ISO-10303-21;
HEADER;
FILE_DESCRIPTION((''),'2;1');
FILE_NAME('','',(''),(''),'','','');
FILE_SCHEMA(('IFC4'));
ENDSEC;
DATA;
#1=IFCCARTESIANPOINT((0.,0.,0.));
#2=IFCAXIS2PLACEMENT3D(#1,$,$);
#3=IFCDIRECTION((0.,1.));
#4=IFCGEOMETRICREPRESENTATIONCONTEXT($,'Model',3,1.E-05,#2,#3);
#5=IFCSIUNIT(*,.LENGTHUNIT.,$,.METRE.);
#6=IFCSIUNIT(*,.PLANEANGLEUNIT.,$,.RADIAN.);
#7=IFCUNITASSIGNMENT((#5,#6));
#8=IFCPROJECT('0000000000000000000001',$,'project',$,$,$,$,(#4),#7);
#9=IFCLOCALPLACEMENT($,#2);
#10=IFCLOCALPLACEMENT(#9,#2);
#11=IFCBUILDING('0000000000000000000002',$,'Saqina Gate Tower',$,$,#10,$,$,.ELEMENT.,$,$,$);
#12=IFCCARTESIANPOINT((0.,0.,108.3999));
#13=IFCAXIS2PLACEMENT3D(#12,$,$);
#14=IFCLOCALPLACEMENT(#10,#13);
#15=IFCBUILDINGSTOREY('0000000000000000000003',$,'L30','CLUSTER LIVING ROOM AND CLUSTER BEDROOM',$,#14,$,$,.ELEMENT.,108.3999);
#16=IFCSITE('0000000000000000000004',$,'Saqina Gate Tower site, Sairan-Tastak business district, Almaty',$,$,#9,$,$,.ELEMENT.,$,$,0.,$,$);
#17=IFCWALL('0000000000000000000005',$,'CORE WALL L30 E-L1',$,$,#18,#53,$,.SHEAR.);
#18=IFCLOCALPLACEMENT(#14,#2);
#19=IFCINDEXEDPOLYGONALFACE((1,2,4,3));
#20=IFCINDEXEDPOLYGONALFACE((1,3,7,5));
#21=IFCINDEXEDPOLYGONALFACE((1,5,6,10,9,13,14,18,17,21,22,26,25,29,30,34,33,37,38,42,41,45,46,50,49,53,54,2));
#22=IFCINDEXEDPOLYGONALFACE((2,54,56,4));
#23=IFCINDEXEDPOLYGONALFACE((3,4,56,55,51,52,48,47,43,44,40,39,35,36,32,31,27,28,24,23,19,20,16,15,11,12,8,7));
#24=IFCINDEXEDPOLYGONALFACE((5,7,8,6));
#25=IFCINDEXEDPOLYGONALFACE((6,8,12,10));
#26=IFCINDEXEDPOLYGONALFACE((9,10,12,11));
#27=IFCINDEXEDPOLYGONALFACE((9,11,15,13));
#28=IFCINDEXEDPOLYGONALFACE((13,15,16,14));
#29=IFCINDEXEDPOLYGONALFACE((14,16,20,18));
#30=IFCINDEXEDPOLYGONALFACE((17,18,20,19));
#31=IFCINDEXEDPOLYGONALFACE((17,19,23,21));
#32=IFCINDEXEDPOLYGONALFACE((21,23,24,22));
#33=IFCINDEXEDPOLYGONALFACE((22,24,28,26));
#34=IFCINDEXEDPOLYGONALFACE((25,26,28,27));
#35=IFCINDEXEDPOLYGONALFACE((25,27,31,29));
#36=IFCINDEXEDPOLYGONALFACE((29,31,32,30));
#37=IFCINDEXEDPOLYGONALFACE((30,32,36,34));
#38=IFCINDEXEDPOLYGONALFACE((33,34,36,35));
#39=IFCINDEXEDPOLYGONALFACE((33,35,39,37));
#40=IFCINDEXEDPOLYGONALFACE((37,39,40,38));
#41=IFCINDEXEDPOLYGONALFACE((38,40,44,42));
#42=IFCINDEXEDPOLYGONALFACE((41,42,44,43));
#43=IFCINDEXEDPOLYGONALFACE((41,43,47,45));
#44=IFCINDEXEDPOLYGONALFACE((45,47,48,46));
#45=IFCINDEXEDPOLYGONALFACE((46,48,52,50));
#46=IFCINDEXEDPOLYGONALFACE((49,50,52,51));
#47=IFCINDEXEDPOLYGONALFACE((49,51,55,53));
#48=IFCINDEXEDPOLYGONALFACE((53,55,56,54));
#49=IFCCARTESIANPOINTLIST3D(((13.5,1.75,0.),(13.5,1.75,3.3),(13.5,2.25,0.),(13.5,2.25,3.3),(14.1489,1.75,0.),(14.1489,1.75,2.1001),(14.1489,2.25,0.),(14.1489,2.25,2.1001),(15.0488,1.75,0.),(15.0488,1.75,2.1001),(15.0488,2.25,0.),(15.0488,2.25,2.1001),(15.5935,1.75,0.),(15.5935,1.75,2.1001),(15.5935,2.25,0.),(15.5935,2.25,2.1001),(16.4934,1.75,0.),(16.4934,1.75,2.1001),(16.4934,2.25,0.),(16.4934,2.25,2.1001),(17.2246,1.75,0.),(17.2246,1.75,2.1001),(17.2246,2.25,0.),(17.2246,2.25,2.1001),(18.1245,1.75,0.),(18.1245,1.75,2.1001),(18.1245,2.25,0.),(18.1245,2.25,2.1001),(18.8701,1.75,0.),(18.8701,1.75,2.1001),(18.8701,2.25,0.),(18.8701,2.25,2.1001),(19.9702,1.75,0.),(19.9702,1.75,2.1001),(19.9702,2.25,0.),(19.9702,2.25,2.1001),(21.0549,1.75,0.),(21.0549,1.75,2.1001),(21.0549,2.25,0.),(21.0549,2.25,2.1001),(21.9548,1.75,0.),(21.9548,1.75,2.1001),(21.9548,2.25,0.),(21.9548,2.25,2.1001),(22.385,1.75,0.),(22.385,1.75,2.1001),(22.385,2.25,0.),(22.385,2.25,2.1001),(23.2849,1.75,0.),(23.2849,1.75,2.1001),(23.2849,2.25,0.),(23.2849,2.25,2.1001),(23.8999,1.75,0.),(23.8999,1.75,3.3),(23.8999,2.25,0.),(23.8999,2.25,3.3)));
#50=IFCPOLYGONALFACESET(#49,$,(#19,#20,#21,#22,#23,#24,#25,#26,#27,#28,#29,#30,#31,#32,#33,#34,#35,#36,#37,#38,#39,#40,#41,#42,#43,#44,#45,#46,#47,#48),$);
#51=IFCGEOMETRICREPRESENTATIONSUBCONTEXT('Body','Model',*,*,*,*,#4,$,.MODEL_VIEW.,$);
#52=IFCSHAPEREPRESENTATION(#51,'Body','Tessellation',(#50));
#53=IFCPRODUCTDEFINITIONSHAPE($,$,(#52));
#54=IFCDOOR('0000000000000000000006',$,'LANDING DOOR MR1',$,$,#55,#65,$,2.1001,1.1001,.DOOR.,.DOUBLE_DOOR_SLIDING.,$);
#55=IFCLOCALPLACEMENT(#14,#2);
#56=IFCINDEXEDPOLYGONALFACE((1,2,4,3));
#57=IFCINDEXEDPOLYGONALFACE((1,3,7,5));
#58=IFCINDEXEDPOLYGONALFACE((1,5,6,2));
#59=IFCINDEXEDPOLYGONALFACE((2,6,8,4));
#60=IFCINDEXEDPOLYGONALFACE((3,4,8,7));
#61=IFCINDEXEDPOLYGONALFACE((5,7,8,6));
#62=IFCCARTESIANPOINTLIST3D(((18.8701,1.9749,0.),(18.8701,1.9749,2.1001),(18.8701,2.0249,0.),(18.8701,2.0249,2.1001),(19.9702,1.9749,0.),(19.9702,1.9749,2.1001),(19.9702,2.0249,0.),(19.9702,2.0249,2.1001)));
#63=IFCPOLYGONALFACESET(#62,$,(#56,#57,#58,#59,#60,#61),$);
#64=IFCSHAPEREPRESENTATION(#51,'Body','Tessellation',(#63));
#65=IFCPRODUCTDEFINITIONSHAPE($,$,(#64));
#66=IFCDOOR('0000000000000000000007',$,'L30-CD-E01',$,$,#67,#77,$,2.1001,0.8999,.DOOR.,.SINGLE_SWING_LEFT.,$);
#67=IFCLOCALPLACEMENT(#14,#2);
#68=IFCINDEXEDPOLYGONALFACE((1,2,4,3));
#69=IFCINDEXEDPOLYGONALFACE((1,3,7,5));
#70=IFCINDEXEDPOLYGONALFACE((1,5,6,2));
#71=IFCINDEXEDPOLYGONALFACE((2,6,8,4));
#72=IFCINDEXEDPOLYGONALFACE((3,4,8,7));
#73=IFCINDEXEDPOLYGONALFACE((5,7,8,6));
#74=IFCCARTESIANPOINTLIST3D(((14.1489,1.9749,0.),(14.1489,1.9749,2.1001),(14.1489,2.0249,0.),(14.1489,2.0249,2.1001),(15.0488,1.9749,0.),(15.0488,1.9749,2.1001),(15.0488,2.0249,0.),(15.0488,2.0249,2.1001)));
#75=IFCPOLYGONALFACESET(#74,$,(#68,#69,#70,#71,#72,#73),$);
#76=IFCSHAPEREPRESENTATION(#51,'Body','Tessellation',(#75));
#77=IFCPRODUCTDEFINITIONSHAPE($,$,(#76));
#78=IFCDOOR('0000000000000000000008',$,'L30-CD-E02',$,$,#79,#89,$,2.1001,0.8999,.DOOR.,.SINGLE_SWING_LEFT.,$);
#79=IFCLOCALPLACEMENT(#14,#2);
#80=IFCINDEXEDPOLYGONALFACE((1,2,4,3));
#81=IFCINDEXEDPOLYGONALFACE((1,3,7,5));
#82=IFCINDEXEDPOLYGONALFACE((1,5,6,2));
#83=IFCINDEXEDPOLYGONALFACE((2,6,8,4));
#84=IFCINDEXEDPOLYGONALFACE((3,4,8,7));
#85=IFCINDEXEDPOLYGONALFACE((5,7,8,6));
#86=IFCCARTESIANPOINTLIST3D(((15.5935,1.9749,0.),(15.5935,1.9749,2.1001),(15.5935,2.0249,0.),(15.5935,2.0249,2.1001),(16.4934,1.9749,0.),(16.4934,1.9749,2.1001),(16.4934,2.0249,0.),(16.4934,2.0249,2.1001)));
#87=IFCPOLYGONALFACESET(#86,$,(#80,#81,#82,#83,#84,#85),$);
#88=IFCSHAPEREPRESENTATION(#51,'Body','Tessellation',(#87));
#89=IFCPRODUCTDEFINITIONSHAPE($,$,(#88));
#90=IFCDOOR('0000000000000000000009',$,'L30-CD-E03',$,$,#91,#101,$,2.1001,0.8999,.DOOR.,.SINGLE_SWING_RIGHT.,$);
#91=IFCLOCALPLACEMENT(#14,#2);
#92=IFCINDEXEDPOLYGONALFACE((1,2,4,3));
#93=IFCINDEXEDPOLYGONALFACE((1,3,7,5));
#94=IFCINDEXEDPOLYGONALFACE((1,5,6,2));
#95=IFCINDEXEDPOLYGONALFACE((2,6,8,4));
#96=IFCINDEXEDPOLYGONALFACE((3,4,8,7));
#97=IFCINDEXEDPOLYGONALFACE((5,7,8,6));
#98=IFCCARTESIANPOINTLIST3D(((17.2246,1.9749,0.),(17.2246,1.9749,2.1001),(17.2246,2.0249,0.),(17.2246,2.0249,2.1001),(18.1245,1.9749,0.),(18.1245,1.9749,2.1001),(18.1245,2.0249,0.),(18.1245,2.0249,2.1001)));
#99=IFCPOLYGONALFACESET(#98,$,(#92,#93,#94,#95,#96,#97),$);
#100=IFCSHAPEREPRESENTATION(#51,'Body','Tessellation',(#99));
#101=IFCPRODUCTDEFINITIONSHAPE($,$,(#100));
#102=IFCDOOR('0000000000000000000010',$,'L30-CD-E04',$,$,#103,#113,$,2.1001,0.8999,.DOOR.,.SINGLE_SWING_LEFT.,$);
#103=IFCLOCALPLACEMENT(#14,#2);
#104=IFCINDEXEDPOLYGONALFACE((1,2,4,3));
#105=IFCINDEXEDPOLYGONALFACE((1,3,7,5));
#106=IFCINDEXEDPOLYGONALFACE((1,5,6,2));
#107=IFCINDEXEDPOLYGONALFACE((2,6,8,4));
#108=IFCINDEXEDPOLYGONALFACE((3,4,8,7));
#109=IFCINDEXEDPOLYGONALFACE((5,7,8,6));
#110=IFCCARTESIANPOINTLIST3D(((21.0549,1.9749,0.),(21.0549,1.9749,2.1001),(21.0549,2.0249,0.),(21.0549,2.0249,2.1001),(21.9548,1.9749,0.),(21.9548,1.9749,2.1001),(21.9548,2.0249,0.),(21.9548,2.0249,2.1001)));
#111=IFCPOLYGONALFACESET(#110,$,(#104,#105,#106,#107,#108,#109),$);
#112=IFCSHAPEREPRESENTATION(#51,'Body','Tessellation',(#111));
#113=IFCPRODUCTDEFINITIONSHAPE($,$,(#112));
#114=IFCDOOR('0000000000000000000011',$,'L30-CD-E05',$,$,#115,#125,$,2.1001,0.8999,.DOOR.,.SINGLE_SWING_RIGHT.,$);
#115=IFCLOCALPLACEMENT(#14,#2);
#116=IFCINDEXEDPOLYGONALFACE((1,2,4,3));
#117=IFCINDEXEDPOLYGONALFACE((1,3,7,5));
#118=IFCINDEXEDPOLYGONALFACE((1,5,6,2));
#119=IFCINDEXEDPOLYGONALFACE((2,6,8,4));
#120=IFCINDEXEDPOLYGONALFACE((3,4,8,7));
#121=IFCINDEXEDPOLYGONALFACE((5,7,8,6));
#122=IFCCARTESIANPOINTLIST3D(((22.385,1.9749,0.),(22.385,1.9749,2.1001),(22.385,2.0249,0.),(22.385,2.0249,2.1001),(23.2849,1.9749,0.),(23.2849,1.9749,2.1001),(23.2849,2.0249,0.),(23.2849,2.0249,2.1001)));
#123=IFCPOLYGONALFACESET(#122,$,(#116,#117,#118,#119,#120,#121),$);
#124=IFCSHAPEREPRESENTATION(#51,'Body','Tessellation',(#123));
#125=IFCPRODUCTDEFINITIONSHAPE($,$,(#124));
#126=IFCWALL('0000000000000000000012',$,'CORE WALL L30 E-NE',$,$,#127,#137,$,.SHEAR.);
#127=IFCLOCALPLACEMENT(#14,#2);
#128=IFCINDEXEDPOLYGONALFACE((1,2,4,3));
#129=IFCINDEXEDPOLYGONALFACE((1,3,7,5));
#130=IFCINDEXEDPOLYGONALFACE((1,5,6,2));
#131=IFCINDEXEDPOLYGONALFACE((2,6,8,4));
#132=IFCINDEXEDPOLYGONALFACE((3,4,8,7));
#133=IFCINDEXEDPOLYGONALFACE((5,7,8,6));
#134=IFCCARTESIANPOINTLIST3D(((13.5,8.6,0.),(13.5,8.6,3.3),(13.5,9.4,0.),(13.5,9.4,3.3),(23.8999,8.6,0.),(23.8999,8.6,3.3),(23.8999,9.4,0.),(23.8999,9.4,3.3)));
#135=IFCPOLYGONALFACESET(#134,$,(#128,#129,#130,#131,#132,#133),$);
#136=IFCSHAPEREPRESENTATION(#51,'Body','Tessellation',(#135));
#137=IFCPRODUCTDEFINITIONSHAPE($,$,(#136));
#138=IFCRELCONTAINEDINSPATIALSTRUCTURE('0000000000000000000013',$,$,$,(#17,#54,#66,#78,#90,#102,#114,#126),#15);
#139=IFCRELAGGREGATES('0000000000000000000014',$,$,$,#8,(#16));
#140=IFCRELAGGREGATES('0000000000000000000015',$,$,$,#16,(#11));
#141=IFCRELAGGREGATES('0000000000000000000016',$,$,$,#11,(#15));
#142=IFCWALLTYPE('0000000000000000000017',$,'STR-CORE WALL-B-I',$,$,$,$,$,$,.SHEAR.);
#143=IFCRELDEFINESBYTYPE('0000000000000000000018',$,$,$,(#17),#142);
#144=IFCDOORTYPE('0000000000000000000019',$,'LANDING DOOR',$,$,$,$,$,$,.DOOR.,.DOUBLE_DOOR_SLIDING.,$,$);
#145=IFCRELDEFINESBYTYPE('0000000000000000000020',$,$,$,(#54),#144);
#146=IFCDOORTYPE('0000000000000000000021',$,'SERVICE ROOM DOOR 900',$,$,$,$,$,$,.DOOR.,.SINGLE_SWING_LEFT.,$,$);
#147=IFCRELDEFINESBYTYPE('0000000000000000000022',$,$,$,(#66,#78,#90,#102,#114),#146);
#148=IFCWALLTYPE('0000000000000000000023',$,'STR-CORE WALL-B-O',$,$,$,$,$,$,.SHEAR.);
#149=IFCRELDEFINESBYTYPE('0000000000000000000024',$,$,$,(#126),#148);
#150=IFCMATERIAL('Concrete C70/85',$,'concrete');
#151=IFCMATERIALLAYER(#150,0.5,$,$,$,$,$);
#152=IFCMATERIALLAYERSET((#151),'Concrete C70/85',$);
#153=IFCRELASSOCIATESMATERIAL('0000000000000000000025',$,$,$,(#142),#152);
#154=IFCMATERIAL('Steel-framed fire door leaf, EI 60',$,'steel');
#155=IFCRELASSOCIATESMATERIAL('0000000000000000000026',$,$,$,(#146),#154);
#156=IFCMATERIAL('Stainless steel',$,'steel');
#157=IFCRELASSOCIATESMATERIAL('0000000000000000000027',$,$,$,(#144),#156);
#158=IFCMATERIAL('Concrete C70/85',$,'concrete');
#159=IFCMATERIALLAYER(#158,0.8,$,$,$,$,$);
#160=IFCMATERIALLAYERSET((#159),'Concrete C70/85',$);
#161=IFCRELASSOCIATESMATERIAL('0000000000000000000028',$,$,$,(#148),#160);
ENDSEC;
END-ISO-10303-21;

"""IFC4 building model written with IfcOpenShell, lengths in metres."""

from ifc_helpers import new_model, si_unit, direction, frame, frame_2d, origin, place, context, subcontext, project, spatial, rectangle, extrude, material, layer, layer_set, type_object, element, fill, save


model = new_model("IFC4")

# Units and contexts
model_context = context("Model", 3, precision=1e-05, world=origin(), true_north=direction((0.0, 1.0)))
body_context = subcontext(model_context, "Body", "Model", "MODEL_VIEW")
ifc_project = project(units=[si_unit("LENGTHUNIT", "METRE"), si_unit("PLANEANGLEUNIT", "RADIAN")], contexts=[model_context])

# Site, building, storey
site_placement = place(None, origin())
site = spatial("IfcSite", under=ifc_project, at=site_placement, Name="Saqina Gate Tower site, Sairan-Tastak business district, Almaty", CompositionType="ELEMENT", RefElevation=0.0)
building_placement = place(site_placement, origin())
building = spatial("IfcBuilding", under=site, at=building_placement, Name="Saqina Gate Tower", CompositionType="ELEMENT")
storey_placement = place(building_placement, frame((0.0, 0.0, 108.3999)))
storey = spatial("IfcBuildingStorey", under=building, at=storey_placement, Name="L30", Description="CLUSTER LIVING ROOM AND CLUSTER BEDROOM", CompositionType="ELEMENT", Elevation=108.3999)

# Shared definitions
ifc_material_1 = material(Name="Concrete C70/85", Category="concrete")
ifc_layer_1 = layer(ifc_material_1, 0.5)
ifc_layer_set_1 = layer_set([ifc_layer_1], Name="Concrete C70/85")
wall_type_1 = type_object("IfcWallType", Name="STR-CORE WALL-B-I", PredefinedType="SHEAR", material=ifc_layer_set_1)
ifc_material_2 = material(Name="Steel-framed fire door leaf, EI 60", Category="steel")
door_type_1 = type_object("IfcDoorType", Name="SERVICE ROOM DOOR 900", OperationType="SINGLE_SWING_LEFT", PredefinedType="DOOR", material=ifc_material_2)

# Wall, openings, doors
wall_1_placement = place(storey_placement, frame((13.5, 2.0, 0.0), z_axis=(0.0, 0.0, 1.0), x_axis=(1.0, 0.0, 0.0)))
wall_1 = element("IfcWall", 1, at=wall_1_placement, inside=storey, type_object=wall_type_1, Name="CORE WALL L30 E-L1", PredefinedType="SHEAR", context=body_context, shape_type="SweptSolid", body=[
    extrude(rectangle(XDim=10.3999, YDim=0.5, at=frame_2d((5.2, 0.0))), origin(), (0.0, 0.0, 1.0), 3.3),
])
opening_1_placement = place(wall_1_placement, frame((5.3701, 0.0, 0.0)))
opening_1 = element("IfcOpeningElement", 2, at=opening_1_placement, cuts=wall_1, PredefinedType="OPENING", context=body_context, shape_type="SweptSolid", body=[
    extrude(rectangle(XDim=1.1001, YDim=2.1001, at=frame_2d((0.55, 1.05))), frame((0.0, 0.262, 0.0), z_axis=(0.0, -1.0, 0.0), x_axis=(1.0, 0.0, 0.0)), (0.0, 0.0, 1.0), 0.5239),
])
opening_2_placement = place(wall_1_placement, frame((0.6489, 0.0, 0.0)))
opening_2 = element("IfcOpeningElement", 3, at=opening_2_placement, cuts=wall_1, PredefinedType="OPENING", context=body_context, shape_type="SweptSolid", body=[
    extrude(rectangle(XDim=0.8999, YDim=2.1001, at=frame_2d((0.45, 1.05))), frame((0.0, 0.262, 0.0), z_axis=(0.0, -1.0, 0.0), x_axis=(1.0, 0.0, 0.0)), (0.0, 0.0, 1.0), 0.5239),
])
opening_3_placement = place(wall_1_placement, frame((2.0935, 0.0, 0.0)))
opening_3 = element("IfcOpeningElement", 4, at=opening_3_placement, cuts=wall_1, PredefinedType="OPENING", context=body_context, shape_type="SweptSolid", body=[
    extrude(rectangle(XDim=0.8999, YDim=2.1001, at=frame_2d((0.45, 1.05))), frame((0.0, 0.262, 0.0), z_axis=(0.0, -1.0, 0.0), x_axis=(1.0, 0.0, 0.0)), (0.0, 0.0, 1.0), 0.5239),
])
opening_4_placement = place(wall_1_placement, frame((3.7246, 0.0, 0.0)))
opening_4 = element("IfcOpeningElement", 5, at=opening_4_placement, cuts=wall_1, PredefinedType="OPENING", context=body_context, shape_type="SweptSolid", body=[
    extrude(rectangle(XDim=0.8999, YDim=2.1001, at=frame_2d((0.45, 1.05))), frame((0.0, 0.262, 0.0), z_axis=(0.0, -1.0, 0.0), x_axis=(1.0, 0.0, 0.0)), (0.0, 0.0, 1.0), 0.5239),
])
opening_5_placement = place(wall_1_placement, frame((7.5549, 0.0, 0.0)))
opening_5 = element("IfcOpeningElement", 6, at=opening_5_placement, cuts=wall_1, PredefinedType="OPENING", context=body_context, shape_type="SweptSolid", body=[
    extrude(rectangle(XDim=0.8999, YDim=2.1001, at=frame_2d((0.45, 1.05))), frame((0.0, 0.262, 0.0), z_axis=(0.0, -1.0, 0.0), x_axis=(1.0, 0.0, 0.0)), (0.0, 0.0, 1.0), 0.5239),
])
opening_6_placement = place(wall_1_placement, frame((8.885, 0.0, 0.0)))
opening_6 = element("IfcOpeningElement", 7, at=opening_6_placement, cuts=wall_1, PredefinedType="OPENING", context=body_context, shape_type="SweptSolid", body=[
    extrude(rectangle(XDim=0.8999, YDim=2.1001, at=frame_2d((0.45, 1.05))), frame((0.0, 0.262, 0.0), z_axis=(0.0, -1.0, 0.0), x_axis=(1.0, 0.0, 0.0)), (0.0, 0.0, 1.0), 0.5239),
])
ifc_material_3 = material(Name="Stainless steel", Category="steel")
door_type_2 = type_object("IfcDoorType", Name="LANDING DOOR", OperationType="DOUBLE_DOOR_SLIDING", PredefinedType="DOOR", material=ifc_material_3)
door_1_placement = place(opening_1_placement, origin())
door_1 = element("IfcDoor", 8, at=door_1_placement, inside=storey, type_object=door_type_2, Name="LANDING DOOR MR1", OperationType="DOUBLE_DOOR_SLIDING", OverallHeight=2.1001, OverallWidth=1.1001, PredefinedType="DOOR", context=body_context, shape_type="SweptSolid", body=[
    extrude(rectangle(XDim=1.1001, YDim=2.1001, at=frame_2d((0.55, 1.05))), frame((0.0, 0.0249, 0.0), z_axis=(0.0, -1.0, 0.0), x_axis=(1.0, 0.0, 0.0)), (0.0, 0.0, 1.0), 0.05),
])
fill(opening_1, door_1)
door_2_placement = place(opening_2_placement, origin())
door_2 = element("IfcDoor", 9, at=door_2_placement, inside=storey, type_object=door_type_1, Name="L30-CD-E01", OperationType="SINGLE_SWING_LEFT", OverallHeight=2.1001, OverallWidth=0.8999, PredefinedType="DOOR", context=body_context, shape_type="SweptSolid", body=[
    extrude(rectangle(XDim=0.8999, YDim=2.1001, at=frame_2d((0.45, 1.05))), frame((0.0, 0.0249, 0.0), z_axis=(0.0, -1.0, 0.0), x_axis=(1.0, 0.0, 0.0)), (0.0, 0.0, 1.0), 0.05),
])
fill(opening_2, door_2)
door_3_placement = place(opening_3_placement, origin())
door_3 = element("IfcDoor", 10, at=door_3_placement, inside=storey, type_object=door_type_1, Name="L30-CD-E02", OperationType="SINGLE_SWING_LEFT", OverallHeight=2.1001, OverallWidth=0.8999, PredefinedType="DOOR", context=body_context, shape_type="SweptSolid", body=[
    extrude(rectangle(XDim=0.8999, YDim=2.1001, at=frame_2d((0.45, 1.05))), frame((0.0, 0.0249, 0.0), z_axis=(0.0, -1.0, 0.0), x_axis=(1.0, 0.0, 0.0)), (0.0, 0.0, 1.0), 0.05),
])
fill(opening_3, door_3)
door_4_placement = place(opening_4_placement, origin())
door_4 = element("IfcDoor", 11, at=door_4_placement, inside=storey, type_object=door_type_1, Name="L30-CD-E03", OperationType="SINGLE_SWING_RIGHT", OverallHeight=2.1001, OverallWidth=0.8999, PredefinedType="DOOR", context=body_context, shape_type="SweptSolid", body=[
    extrude(rectangle(XDim=0.8999, YDim=2.1001, at=frame_2d((0.45, 1.05))), frame((0.0, 0.0249, 0.0), z_axis=(0.0, -1.0, 0.0), x_axis=(1.0, 0.0, 0.0)), (0.0, 0.0, 1.0), 0.05),
])
fill(opening_4, door_4)
door_5_placement = place(opening_5_placement, origin())
door_5 = element("IfcDoor", 12, at=door_5_placement, inside=storey, type_object=door_type_1, Name="L30-CD-E04", OperationType="SINGLE_SWING_LEFT", OverallHeight=2.1001, OverallWidth=0.8999, PredefinedType="DOOR", context=body_context, shape_type="SweptSolid", body=[
    extrude(rectangle(XDim=0.8999, YDim=2.1001, at=frame_2d((0.45, 1.05))), frame((0.0, 0.0249, 0.0), z_axis=(0.0, -1.0, 0.0), x_axis=(1.0, 0.0, 0.0)), (0.0, 0.0, 1.0), 0.05),
])
fill(opening_5, door_5)
door_6_placement = place(opening_6_placement, origin())
door_6 = element("IfcDoor", 13, at=door_6_placement, inside=storey, type_object=door_type_1, Name="L30-CD-E05", OperationType="SINGLE_SWING_RIGHT", OverallHeight=2.1001, OverallWidth=0.8999, PredefinedType="DOOR", context=body_context, shape_type="SweptSolid", body=[
    extrude(rectangle(XDim=0.8999, YDim=2.1001, at=frame_2d((0.45, 1.05))), frame((0.0, 0.0249, 0.0), z_axis=(0.0, -1.0, 0.0), x_axis=(1.0, 0.0, 0.0)), (0.0, 0.0, 1.0), 0.05),
])
fill(opening_6, door_6)

# Wall
ifc_material_4 = material(Name="Concrete C70/85", Category="concrete")
ifc_layer_2 = layer(ifc_material_4, 0.8)
ifc_layer_set_2 = layer_set([ifc_layer_2], Name="Concrete C70/85")
wall_type_2 = type_object("IfcWallType", Name="STR-CORE WALL-B-O", PredefinedType="SHEAR", material=ifc_layer_set_2)
wall_2_placement = place(storey_placement, frame((13.5, 9.0, 0.0), z_axis=(0.0, 0.0, 1.0), x_axis=(1.0, 0.0, 0.0)))
element("IfcWall", 14, at=wall_2_placement, inside=storey, type_object=wall_type_2, Name="CORE WALL L30 E-NE", PredefinedType="SHEAR", context=body_context, shape_type="SweptSolid", body=[
    extrude(rectangle(XDim=10.3999, YDim=0.8, at=frame_2d((5.2, 0.0))), origin(), (0.0, 0.0, 1.0), 3.3),
])

save(model, "model.ifc")
